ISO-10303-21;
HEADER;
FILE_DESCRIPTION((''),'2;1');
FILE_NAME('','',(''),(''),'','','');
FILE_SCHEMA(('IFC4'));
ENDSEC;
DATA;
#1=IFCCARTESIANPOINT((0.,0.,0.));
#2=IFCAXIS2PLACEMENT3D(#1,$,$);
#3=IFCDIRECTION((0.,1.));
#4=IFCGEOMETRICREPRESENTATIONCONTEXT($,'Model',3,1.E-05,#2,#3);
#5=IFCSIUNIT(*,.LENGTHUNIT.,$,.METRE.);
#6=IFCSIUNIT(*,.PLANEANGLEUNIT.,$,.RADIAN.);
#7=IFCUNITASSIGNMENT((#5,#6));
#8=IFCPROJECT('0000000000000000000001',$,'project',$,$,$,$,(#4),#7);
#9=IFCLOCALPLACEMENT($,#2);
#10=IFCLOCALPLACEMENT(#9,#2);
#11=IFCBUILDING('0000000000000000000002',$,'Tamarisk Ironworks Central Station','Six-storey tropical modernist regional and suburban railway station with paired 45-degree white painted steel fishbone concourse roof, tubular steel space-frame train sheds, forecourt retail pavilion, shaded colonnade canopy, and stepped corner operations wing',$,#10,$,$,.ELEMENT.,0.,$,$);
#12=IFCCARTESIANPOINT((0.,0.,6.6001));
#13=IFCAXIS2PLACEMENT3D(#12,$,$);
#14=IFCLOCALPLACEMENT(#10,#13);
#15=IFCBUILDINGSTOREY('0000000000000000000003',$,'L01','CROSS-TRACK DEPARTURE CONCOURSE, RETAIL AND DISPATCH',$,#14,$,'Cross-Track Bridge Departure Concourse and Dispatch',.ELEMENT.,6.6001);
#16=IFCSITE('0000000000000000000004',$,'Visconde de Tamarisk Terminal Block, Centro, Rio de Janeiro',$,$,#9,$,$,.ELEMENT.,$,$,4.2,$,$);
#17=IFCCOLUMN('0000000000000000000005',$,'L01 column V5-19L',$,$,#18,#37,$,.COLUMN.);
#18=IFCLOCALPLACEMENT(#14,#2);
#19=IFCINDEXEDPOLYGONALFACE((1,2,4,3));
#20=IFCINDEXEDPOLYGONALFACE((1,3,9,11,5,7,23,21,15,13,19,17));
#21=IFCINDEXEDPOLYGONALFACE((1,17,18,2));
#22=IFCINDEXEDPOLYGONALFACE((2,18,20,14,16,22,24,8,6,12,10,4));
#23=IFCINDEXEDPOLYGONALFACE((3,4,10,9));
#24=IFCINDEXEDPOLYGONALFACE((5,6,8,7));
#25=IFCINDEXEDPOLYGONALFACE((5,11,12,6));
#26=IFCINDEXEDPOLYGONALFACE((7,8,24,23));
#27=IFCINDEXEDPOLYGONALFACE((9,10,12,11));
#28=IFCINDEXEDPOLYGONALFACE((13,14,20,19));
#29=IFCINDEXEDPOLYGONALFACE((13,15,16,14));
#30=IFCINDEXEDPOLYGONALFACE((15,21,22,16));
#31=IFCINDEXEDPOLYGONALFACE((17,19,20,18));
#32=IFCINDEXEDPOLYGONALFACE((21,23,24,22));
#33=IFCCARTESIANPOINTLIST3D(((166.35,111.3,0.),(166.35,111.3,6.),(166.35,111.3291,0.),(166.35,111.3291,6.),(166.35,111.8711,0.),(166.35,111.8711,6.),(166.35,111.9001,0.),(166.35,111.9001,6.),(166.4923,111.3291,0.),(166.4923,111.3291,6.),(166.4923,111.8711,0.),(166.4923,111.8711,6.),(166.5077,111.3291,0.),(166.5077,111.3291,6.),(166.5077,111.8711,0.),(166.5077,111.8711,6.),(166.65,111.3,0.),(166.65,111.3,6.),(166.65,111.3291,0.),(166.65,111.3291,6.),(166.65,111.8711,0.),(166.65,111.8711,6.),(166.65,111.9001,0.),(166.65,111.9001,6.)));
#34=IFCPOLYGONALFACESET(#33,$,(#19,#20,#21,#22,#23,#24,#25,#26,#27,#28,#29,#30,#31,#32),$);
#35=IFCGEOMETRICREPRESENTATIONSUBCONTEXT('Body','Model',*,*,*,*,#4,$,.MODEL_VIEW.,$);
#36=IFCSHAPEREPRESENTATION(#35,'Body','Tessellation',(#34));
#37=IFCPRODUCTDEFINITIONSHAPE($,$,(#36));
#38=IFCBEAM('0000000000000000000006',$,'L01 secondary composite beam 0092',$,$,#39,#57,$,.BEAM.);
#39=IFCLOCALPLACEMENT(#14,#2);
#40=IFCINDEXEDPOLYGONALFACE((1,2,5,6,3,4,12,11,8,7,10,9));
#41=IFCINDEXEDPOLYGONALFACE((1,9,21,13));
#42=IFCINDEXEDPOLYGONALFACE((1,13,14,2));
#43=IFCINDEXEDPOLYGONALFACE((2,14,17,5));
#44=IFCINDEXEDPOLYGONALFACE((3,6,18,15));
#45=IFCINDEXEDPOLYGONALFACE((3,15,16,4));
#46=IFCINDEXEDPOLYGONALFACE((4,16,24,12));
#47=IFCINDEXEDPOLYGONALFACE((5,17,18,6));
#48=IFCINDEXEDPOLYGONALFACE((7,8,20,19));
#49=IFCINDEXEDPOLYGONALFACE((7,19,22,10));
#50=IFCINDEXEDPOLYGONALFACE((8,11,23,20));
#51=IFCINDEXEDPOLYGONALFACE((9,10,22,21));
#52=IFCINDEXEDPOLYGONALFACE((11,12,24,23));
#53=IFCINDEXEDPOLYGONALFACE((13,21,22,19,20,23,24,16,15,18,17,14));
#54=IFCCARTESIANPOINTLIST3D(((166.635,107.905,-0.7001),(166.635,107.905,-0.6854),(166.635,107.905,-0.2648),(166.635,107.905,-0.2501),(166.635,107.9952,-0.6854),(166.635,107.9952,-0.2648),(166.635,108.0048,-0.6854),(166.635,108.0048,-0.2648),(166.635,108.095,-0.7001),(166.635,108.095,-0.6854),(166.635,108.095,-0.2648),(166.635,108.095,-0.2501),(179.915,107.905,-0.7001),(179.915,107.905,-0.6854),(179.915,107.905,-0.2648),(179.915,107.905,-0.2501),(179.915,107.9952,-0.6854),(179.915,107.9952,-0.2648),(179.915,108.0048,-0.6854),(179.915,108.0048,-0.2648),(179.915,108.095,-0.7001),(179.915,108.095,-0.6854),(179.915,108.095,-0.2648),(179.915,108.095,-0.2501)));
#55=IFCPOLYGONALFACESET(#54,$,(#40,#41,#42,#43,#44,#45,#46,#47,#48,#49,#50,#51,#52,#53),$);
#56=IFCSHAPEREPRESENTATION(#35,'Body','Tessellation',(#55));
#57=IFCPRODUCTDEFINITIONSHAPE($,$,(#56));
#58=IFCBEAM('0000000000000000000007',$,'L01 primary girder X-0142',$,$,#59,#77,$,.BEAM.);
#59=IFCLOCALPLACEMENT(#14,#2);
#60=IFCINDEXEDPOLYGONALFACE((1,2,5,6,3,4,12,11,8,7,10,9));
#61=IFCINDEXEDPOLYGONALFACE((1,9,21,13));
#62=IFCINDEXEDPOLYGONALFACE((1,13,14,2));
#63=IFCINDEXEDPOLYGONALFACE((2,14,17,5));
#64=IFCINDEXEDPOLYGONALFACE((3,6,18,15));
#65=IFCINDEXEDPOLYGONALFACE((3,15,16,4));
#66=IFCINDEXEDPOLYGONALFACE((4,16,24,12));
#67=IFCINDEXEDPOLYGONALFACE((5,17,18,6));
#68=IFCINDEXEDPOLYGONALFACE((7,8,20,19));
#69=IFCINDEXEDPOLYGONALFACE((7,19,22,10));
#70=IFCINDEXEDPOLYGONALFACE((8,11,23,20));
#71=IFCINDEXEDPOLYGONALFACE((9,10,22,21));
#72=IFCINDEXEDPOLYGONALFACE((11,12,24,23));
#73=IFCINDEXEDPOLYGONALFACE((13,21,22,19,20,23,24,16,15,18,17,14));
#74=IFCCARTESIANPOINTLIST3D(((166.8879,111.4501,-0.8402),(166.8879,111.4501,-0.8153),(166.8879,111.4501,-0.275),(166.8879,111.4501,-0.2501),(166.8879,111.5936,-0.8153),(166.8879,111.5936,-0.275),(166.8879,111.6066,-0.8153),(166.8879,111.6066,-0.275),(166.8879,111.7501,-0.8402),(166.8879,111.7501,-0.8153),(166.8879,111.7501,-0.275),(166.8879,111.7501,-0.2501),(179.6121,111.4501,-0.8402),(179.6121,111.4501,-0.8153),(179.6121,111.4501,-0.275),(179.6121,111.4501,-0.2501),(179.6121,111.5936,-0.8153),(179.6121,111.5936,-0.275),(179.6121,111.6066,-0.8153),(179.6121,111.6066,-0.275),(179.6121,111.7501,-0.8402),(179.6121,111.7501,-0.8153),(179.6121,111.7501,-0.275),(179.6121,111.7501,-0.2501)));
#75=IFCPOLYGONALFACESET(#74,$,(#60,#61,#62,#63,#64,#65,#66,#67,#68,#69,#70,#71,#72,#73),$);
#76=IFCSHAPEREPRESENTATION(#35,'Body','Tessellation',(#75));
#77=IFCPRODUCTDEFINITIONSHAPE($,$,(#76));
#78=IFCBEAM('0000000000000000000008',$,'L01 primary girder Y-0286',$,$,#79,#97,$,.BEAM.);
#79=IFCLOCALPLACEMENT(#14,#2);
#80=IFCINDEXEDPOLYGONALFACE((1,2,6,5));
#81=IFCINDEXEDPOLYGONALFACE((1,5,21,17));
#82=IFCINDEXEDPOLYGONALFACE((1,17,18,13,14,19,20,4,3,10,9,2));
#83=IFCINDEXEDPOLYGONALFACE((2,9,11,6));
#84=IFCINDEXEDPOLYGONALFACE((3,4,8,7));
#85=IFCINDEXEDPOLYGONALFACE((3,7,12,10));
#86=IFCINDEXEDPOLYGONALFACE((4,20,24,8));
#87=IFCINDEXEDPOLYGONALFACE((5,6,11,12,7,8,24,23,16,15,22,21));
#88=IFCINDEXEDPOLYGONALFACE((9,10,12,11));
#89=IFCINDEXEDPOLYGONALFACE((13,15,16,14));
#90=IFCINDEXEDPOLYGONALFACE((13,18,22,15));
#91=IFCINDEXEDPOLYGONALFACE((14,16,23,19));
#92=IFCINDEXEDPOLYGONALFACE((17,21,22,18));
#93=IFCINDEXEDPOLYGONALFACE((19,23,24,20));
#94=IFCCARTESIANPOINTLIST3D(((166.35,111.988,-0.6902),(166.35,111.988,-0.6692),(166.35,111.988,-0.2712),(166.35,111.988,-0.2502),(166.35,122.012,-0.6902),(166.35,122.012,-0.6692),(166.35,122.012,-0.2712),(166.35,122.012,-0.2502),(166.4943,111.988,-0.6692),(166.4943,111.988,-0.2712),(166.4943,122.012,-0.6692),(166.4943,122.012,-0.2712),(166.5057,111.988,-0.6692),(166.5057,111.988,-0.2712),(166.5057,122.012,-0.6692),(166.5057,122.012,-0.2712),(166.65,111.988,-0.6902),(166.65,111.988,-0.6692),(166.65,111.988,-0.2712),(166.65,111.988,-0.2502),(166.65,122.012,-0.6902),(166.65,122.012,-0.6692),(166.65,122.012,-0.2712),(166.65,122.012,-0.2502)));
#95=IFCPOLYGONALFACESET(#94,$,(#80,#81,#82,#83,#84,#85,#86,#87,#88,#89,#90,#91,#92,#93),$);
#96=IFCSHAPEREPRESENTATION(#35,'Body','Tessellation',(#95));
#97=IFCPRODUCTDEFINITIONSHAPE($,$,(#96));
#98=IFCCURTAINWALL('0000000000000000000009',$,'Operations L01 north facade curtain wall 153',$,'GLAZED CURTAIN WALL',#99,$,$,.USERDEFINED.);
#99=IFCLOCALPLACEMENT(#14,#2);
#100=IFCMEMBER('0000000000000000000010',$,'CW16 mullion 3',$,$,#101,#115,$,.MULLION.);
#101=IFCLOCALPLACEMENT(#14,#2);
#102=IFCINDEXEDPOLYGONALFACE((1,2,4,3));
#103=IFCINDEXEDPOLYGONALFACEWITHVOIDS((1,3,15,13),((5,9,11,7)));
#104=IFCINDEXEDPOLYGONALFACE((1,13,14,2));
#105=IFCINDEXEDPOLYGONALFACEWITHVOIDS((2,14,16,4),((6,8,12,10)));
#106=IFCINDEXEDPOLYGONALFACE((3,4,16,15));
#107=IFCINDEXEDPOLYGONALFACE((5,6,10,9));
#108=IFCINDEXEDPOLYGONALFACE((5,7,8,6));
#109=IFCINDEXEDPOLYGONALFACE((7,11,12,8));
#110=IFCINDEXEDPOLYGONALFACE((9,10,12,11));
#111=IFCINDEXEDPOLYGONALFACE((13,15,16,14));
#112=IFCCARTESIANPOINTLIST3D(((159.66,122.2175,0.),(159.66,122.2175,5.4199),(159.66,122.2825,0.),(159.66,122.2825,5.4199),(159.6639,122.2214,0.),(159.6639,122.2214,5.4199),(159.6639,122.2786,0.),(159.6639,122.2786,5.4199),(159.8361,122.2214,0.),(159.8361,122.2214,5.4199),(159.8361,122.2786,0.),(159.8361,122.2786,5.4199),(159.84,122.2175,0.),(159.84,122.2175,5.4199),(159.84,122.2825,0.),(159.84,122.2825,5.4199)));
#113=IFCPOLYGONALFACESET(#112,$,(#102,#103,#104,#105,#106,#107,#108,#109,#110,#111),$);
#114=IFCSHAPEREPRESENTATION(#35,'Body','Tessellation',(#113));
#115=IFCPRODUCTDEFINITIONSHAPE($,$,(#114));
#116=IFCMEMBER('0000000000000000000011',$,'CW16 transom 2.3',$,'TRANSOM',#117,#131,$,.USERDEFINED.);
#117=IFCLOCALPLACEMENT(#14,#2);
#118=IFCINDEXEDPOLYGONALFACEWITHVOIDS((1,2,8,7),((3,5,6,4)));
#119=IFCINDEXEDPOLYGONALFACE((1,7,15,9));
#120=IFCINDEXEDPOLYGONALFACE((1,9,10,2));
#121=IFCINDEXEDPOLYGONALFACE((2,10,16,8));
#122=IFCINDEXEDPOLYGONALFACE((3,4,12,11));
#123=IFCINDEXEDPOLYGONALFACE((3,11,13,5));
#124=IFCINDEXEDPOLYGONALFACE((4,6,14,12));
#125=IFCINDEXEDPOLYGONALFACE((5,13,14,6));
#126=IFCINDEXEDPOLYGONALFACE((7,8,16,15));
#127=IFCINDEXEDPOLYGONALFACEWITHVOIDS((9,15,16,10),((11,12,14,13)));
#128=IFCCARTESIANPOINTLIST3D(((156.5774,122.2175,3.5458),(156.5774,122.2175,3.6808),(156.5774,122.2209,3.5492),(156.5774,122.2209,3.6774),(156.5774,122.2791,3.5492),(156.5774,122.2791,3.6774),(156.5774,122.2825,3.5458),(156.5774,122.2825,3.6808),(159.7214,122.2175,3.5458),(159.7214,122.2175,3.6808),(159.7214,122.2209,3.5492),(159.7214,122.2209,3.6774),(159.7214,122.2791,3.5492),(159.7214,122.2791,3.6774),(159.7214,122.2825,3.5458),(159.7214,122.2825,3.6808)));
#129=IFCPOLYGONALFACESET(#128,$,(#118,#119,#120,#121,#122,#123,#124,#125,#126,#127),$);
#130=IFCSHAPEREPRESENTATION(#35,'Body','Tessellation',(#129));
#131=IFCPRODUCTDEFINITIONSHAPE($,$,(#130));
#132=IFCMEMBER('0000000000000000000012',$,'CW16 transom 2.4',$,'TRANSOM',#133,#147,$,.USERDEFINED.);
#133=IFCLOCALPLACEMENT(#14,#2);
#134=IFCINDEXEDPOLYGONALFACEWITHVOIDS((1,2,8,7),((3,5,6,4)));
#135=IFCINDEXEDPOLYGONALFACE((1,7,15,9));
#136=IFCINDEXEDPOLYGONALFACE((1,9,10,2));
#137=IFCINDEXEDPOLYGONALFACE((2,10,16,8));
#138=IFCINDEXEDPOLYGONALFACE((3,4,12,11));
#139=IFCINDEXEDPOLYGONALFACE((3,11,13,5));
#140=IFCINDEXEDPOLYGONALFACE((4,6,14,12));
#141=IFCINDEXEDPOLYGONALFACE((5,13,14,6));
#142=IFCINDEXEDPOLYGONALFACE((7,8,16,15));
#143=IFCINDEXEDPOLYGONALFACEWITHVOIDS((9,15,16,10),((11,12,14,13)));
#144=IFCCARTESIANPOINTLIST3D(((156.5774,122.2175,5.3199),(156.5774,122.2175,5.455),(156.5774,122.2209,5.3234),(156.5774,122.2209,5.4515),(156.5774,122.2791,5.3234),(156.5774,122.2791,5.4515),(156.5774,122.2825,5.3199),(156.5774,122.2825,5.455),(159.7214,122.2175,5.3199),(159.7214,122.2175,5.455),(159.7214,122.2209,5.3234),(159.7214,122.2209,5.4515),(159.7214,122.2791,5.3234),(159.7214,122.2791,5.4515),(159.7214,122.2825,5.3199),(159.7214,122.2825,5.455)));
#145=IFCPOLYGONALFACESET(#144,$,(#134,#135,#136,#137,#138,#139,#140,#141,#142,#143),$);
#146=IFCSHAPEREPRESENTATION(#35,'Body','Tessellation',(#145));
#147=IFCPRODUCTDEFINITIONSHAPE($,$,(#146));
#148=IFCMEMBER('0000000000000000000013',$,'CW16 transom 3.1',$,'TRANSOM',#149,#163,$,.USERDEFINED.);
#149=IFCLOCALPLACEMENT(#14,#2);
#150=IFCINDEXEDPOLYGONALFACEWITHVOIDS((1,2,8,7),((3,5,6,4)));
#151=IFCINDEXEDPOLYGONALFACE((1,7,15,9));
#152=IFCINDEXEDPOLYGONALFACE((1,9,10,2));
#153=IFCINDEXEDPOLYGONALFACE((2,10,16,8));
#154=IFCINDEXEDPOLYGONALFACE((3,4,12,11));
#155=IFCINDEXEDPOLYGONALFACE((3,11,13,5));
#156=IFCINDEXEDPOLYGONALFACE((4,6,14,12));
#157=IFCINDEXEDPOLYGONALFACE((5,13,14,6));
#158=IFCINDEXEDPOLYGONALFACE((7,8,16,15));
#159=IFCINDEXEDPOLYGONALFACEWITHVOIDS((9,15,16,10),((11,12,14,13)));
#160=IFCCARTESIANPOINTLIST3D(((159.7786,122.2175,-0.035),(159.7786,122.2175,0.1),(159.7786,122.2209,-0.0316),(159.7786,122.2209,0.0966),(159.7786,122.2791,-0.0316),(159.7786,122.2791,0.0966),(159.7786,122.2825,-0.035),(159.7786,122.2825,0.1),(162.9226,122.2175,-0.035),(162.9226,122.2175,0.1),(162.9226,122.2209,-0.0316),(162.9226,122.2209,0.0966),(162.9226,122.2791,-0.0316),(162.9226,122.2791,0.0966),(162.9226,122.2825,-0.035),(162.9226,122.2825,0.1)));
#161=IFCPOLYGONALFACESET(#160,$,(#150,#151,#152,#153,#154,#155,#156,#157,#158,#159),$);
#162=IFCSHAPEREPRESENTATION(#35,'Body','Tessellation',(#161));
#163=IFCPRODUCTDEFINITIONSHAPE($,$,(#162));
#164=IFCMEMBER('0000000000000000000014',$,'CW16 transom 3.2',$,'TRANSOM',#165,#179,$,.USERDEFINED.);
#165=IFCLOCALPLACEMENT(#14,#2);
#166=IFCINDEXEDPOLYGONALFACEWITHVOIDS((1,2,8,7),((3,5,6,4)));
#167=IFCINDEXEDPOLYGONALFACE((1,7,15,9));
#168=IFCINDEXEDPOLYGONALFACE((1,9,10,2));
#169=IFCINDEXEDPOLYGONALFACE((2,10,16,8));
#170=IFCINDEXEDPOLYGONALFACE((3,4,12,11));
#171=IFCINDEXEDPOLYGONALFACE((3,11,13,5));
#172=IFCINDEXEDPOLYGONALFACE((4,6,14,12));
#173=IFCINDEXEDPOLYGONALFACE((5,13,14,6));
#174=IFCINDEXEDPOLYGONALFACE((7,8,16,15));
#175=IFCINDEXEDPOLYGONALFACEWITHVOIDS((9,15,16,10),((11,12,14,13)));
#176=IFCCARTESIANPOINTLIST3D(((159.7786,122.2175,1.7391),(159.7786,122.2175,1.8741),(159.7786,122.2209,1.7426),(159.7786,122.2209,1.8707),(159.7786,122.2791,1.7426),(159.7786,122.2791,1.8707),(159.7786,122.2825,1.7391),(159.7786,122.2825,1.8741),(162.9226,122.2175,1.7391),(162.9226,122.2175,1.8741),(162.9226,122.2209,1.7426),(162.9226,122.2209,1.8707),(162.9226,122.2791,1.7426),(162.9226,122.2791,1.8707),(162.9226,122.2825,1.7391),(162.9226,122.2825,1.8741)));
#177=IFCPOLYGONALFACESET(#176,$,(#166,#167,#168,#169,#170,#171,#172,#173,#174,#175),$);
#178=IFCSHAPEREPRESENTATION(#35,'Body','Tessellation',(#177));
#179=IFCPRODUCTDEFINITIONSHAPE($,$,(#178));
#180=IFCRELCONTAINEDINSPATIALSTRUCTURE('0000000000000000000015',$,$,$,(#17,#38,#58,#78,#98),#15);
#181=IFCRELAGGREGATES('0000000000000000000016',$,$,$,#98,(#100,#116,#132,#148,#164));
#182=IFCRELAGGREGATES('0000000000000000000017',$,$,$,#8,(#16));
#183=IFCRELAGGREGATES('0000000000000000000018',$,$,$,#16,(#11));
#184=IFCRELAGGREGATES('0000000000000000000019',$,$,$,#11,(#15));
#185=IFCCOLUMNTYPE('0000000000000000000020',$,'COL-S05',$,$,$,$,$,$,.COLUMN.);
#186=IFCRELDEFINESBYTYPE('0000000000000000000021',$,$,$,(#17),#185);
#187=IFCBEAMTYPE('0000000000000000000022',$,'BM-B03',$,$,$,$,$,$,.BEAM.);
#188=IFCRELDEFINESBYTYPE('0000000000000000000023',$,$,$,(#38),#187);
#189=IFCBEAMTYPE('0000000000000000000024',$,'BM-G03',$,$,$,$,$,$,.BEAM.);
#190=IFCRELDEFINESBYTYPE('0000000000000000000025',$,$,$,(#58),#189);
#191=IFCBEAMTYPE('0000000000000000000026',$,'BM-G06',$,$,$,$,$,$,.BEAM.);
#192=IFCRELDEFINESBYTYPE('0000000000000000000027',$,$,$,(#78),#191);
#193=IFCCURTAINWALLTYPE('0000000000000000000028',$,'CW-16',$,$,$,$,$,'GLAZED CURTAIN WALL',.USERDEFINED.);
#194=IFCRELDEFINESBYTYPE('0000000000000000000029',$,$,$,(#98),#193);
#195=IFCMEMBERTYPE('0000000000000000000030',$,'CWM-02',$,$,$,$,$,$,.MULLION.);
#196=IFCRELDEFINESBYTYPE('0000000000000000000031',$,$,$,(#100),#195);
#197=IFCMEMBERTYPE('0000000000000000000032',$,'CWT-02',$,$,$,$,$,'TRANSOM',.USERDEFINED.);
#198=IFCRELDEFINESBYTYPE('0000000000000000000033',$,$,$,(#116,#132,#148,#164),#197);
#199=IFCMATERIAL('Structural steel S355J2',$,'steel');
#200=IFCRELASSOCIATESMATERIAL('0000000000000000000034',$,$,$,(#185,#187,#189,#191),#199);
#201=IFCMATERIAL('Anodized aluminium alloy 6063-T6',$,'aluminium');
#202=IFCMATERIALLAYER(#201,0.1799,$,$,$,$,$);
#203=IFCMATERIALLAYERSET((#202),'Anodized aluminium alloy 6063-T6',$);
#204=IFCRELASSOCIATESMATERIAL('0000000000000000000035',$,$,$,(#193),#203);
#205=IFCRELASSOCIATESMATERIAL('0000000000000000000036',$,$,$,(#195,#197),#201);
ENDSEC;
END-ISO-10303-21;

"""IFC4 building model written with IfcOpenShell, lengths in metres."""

from ifc_helpers import new_model, si_unit, direction, frame, origin, origin_2d, place, context, subcontext, project, spatial, hollow_rectangle, i_section, extrude, material, layer, layer_set, material_profile, profile_set, type_object, element, aggregate, save


model = new_model("IFC4")

# Units and contexts
model_context = context("Model", 3, precision=1e-05, world=origin(), true_north=direction((0.0, 1.0)))
body_context = subcontext(model_context, "Body", "Model", "MODEL_VIEW")
ifc_project = project(units=[si_unit("LENGTHUNIT", "METRE"), si_unit("PLANEANGLEUNIT", "RADIAN")], contexts=[model_context])

# Site, building, storey
site_placement = place(None, origin())
site = spatial("IfcSite", under=ifc_project, at=site_placement, Name="Visconde de Tamarisk Terminal Block, Centro, Rio de Janeiro", CompositionType="ELEMENT", RefElevation=4.2)
building_placement = place(site_placement, origin())
building = spatial("IfcBuilding", under=site, at=building_placement, Name="Tamarisk Ironworks Central Station", Description="Six-storey tropical modernist regional and suburban railway station with paired 45-degree white painted steel fishbone concourse roof, tubular steel space-frame train sheds, forecourt retail pavilion, shaded colonnade canopy, and stepped corner operations wing", CompositionType="ELEMENT", ElevationOfRefHeight=0.0)
storey_placement = place(building_placement, frame((0.0, 0.0, 6.6001)))
storey = spatial("IfcBuildingStorey", under=building, at=storey_placement, Name="L01", Description="CROSS-TRACK DEPARTURE CONCOURSE, RETAIL AND DISPATCH", LongName="Cross-Track Bridge Departure Concourse and Dispatch", CompositionType="ELEMENT", Elevation=6.6001)

# Column
ifc_material_1 = material(Name="Structural steel S355J2", Category="steel")
ifc_material_profile_1 = material_profile(ifc_material_1, i_section(OverallWidth=0.3, OverallDepth=0.6001, WebThickness=0.0154, FlangeThickness=0.0291, at=origin_2d()), Name="HEB 600")
ifc_profile_set_1 = profile_set([ifc_material_profile_1], Name="Structural steel S355J2")
column_type = type_object("IfcColumnType", Name="COL-S05", PredefinedType="COLUMN", material=ifc_profile_set_1)
column_placement = place(storey_placement, frame((166.5, 111.6001, 0.0), z_axis=(0.0, 0.0, 1.0), x_axis=(1.0, 0.0, 0.0)))
element("IfcColumn", 1, at=column_placement, inside=storey, type_object=column_type, Name="L01 column V5-19L", PredefinedType="COLUMN", context=body_context, shape_type="SweptSolid", body=[
    extrude(i_section(OverallWidth=0.3, OverallDepth=0.6001, WebThickness=0.0154, FlangeThickness=0.0291, at=origin_2d()), origin(), (0.0, 0.0, 1.0), 6.0),
])

# Beams
ifc_material_profile_2 = material_profile(ifc_material_1, i_section(OverallWidth=0.1899, OverallDepth=0.45, WebThickness=0.0095, FlangeThickness=0.0146, at=origin_2d()), Name="IPE 450")
ifc_profile_set_2 = profile_set([ifc_material_profile_2], Name="Structural steel S355J2")
beam_type_1 = type_object("IfcBeamType", Name="BM-B03", PredefinedType="BEAM", material=ifc_profile_set_2)
beam_1_placement = place(storey_placement, frame((166.635, 108.0, -0.4751), z_axis=(1.0, 0.0, 0.0), x_axis=(0.0, 1.0, 0.0)))
element("IfcBeam", 2, at=beam_1_placement, inside=storey, type_object=beam_type_1, Name="L01 secondary composite beam 0092", PredefinedType="BEAM", context=body_context, shape_type="SweptSolid", body=[
    extrude(i_section(OverallWidth=0.1899, OverallDepth=0.45, WebThickness=0.0095, FlangeThickness=0.0146, at=origin_2d()), origin(), (0.0, 0.0, 1.0), 13.28),
])
ifc_material_profile_3 = material_profile(ifc_material_1, i_section(OverallWidth=0.3, OverallDepth=0.5901, WebThickness=0.0129, FlangeThickness=0.0249, at=origin_2d()), Name="HEA 600")
ifc_profile_set_3 = profile_set([ifc_material_profile_3], Name="Structural steel S355J2")
beam_type_2 = type_object("IfcBeamType", Name="BM-G03", PredefinedType="BEAM", material=ifc_profile_set_3)
beam_2_placement = place(storey_placement, frame((166.8879, 111.6001, -0.5452), z_axis=(1.0, 0.0, 0.0), x_axis=(0.0, 1.0, 0.0)))
element("IfcBeam", 3, at=beam_2_placement, inside=storey, type_object=beam_type_2, Name="L01 primary girder X-0142", PredefinedType="BEAM", context=body_context, shape_type="SweptSolid", body=[
    extrude(i_section(OverallWidth=0.3, OverallDepth=0.5901, WebThickness=0.0129, FlangeThickness=0.0249, at=origin_2d()), origin(), (0.0, 0.0, 1.0), 12.7241),
])
ifc_material_profile_4 = material_profile(ifc_material_1, i_section(OverallWidth=0.3, OverallDepth=0.4399, WebThickness=0.0115, FlangeThickness=0.021, at=origin_2d()), Name="HEA 450")
ifc_profile_set_4 = profile_set([ifc_material_profile_4], Name="Structural steel S355J2")
beam_type_3 = type_object("IfcBeamType", Name="BM-G06", PredefinedType="BEAM", material=ifc_profile_set_4)
beam_3_placement = place(storey_placement, frame((166.5, 111.988, -0.4702), z_axis=(0.0, 1.0, 0.0), x_axis=(-1.0, 0.0, 0.0)))
element("IfcBeam", 4, at=beam_3_placement, inside=storey, type_object=beam_type_3, Name="L01 primary girder Y-0286", PredefinedType="BEAM", context=body_context, shape_type="SweptSolid", body=[
    extrude(i_section(OverallWidth=0.3, OverallDepth=0.4399, WebThickness=0.0115, FlangeThickness=0.021, at=origin_2d()), origin(), (0.0, 0.0, 1.0), 10.0239),
])

# Curtain wall, members
ifc_material_2 = material(Name="Anodized aluminium alloy 6063-T6", Category="aluminium")
ifc_layer_1 = layer(ifc_material_2, 0.1799)
ifc_layer_set_1 = layer_set([ifc_layer_1], Name="Anodized aluminium alloy 6063-T6")
curtain_wall_type = type_object("IfcCurtainWallType", Name="CW-16", ElementType="GLAZED CURTAIN WALL", PredefinedType="USERDEFINED", material=ifc_layer_set_1)
curtain_wall_placement = place(storey_placement, origin())
curtain_wall = element("IfcCurtainWall", 5, at=curtain_wall_placement, inside=storey, type_object=curtain_wall_type, Name="Operations L01 north facade curtain wall 153", ObjectType="GLAZED CURTAIN WALL", PredefinedType="USERDEFINED")
ifc_material_profile_5 = material_profile(ifc_material_2, hollow_rectangle(XDim=0.0649, YDim=0.1799, WallThickness=0.0039, at=origin_2d()), Name="ALUM 180x65")
ifc_profile_set_5 = profile_set([ifc_material_profile_5], Name="Anodized aluminium alloy 6063-T6")
member_type_1 = type_object("IfcMemberType", Name="CWM-02", PredefinedType="MULLION", material=ifc_profile_set_5)
member_1_placement = place(storey_placement, frame((159.75, 122.25, 0.0), z_axis=(0.0, 0.0, 1.0), x_axis=(0.0, 1.0, 0.0)))
member_1 = element("IfcMember", 6, at=member_1_placement, type_object=member_type_1, Name="CW16 mullion 3", PredefinedType="MULLION", context=body_context, shape_type="SweptSolid", body=[
    extrude(hollow_rectangle(XDim=0.0649, YDim=0.1799, WallThickness=0.0039, at=origin_2d()), origin(), (0.0, 0.0, 1.0), 5.4199),
])
ifc_material_profile_6 = material_profile(ifc_material_2, hollow_rectangle(XDim=0.0649, YDim=0.135, WallThickness=0.0034, at=origin_2d()), Name="ALUM 135x65")
ifc_profile_set_6 = profile_set([ifc_material_profile_6], Name="Anodized aluminium alloy 6063-T6")
member_type_2 = type_object("IfcMemberType", Name="CWT-02", ElementType="TRANSOM", PredefinedType="USERDEFINED", material=ifc_profile_set_6)
member_2_placement = place(storey_placement, frame((156.5774, 122.25, 3.6133), z_axis=(1.0, 0.0, 0.0), x_axis=(0.0, 1.0, 0.0)))
member_2 = element("IfcMember", 7, at=member_2_placement, type_object=member_type_2, Name="CW16 transom 2.3", ObjectType="TRANSOM", PredefinedType="USERDEFINED", context=body_context, shape_type="SweptSolid", body=[
    extrude(hollow_rectangle(XDim=0.0649, YDim=0.135, WallThickness=0.0034, at=origin_2d()), origin(), (0.0, 0.0, 1.0), 3.144),
])
member_3_placement = place(storey_placement, frame((156.5774, 122.25, 5.3875), z_axis=(1.0, 0.0, 0.0), x_axis=(0.0, 1.0, 0.0)))
member_3 = element("IfcMember", 8, at=member_3_placement, type_object=member_type_2, Name="CW16 transom 2.4", ObjectType="TRANSOM", PredefinedType="USERDEFINED", context=body_context, shape_type="SweptSolid", body=[
    extrude(hollow_rectangle(XDim=0.0649, YDim=0.135, WallThickness=0.0034, at=origin_2d()), origin(), (0.0, 0.0, 1.0), 3.144),
])
member_4_placement = place(storey_placement, frame((159.7786, 122.25, 0.0325), z_axis=(1.0, 0.0, 0.0), x_axis=(0.0, 1.0, 0.0)))
member_4 = element("IfcMember", 9, at=member_4_placement, type_object=member_type_2, Name="CW16 transom 3.1", ObjectType="TRANSOM", PredefinedType="USERDEFINED", context=body_context, shape_type="SweptSolid", body=[
    extrude(hollow_rectangle(XDim=0.0649, YDim=0.135, WallThickness=0.0034, at=origin_2d()), origin(), (0.0, 0.0, 1.0), 3.144),
])
member_5_placement = place(storey_placement, frame((159.7786, 122.25, 1.8066), z_axis=(1.0, 0.0, 0.0), x_axis=(0.0, 1.0, 0.0)))
member_5 = element("IfcMember", 10, at=member_5_placement, type_object=member_type_2, Name="CW16 transom 3.2", ObjectType="TRANSOM", PredefinedType="USERDEFINED", context=body_context, shape_type="SweptSolid", body=[
    extrude(hollow_rectangle(XDim=0.0649, YDim=0.135, WallThickness=0.0034, at=origin_2d()), origin(), (0.0, 0.0, 1.0), 3.144),
])
aggregate(curtain_wall, [member_1, member_2, member_3, member_4, member_5])

save(model, "model.ifc")
